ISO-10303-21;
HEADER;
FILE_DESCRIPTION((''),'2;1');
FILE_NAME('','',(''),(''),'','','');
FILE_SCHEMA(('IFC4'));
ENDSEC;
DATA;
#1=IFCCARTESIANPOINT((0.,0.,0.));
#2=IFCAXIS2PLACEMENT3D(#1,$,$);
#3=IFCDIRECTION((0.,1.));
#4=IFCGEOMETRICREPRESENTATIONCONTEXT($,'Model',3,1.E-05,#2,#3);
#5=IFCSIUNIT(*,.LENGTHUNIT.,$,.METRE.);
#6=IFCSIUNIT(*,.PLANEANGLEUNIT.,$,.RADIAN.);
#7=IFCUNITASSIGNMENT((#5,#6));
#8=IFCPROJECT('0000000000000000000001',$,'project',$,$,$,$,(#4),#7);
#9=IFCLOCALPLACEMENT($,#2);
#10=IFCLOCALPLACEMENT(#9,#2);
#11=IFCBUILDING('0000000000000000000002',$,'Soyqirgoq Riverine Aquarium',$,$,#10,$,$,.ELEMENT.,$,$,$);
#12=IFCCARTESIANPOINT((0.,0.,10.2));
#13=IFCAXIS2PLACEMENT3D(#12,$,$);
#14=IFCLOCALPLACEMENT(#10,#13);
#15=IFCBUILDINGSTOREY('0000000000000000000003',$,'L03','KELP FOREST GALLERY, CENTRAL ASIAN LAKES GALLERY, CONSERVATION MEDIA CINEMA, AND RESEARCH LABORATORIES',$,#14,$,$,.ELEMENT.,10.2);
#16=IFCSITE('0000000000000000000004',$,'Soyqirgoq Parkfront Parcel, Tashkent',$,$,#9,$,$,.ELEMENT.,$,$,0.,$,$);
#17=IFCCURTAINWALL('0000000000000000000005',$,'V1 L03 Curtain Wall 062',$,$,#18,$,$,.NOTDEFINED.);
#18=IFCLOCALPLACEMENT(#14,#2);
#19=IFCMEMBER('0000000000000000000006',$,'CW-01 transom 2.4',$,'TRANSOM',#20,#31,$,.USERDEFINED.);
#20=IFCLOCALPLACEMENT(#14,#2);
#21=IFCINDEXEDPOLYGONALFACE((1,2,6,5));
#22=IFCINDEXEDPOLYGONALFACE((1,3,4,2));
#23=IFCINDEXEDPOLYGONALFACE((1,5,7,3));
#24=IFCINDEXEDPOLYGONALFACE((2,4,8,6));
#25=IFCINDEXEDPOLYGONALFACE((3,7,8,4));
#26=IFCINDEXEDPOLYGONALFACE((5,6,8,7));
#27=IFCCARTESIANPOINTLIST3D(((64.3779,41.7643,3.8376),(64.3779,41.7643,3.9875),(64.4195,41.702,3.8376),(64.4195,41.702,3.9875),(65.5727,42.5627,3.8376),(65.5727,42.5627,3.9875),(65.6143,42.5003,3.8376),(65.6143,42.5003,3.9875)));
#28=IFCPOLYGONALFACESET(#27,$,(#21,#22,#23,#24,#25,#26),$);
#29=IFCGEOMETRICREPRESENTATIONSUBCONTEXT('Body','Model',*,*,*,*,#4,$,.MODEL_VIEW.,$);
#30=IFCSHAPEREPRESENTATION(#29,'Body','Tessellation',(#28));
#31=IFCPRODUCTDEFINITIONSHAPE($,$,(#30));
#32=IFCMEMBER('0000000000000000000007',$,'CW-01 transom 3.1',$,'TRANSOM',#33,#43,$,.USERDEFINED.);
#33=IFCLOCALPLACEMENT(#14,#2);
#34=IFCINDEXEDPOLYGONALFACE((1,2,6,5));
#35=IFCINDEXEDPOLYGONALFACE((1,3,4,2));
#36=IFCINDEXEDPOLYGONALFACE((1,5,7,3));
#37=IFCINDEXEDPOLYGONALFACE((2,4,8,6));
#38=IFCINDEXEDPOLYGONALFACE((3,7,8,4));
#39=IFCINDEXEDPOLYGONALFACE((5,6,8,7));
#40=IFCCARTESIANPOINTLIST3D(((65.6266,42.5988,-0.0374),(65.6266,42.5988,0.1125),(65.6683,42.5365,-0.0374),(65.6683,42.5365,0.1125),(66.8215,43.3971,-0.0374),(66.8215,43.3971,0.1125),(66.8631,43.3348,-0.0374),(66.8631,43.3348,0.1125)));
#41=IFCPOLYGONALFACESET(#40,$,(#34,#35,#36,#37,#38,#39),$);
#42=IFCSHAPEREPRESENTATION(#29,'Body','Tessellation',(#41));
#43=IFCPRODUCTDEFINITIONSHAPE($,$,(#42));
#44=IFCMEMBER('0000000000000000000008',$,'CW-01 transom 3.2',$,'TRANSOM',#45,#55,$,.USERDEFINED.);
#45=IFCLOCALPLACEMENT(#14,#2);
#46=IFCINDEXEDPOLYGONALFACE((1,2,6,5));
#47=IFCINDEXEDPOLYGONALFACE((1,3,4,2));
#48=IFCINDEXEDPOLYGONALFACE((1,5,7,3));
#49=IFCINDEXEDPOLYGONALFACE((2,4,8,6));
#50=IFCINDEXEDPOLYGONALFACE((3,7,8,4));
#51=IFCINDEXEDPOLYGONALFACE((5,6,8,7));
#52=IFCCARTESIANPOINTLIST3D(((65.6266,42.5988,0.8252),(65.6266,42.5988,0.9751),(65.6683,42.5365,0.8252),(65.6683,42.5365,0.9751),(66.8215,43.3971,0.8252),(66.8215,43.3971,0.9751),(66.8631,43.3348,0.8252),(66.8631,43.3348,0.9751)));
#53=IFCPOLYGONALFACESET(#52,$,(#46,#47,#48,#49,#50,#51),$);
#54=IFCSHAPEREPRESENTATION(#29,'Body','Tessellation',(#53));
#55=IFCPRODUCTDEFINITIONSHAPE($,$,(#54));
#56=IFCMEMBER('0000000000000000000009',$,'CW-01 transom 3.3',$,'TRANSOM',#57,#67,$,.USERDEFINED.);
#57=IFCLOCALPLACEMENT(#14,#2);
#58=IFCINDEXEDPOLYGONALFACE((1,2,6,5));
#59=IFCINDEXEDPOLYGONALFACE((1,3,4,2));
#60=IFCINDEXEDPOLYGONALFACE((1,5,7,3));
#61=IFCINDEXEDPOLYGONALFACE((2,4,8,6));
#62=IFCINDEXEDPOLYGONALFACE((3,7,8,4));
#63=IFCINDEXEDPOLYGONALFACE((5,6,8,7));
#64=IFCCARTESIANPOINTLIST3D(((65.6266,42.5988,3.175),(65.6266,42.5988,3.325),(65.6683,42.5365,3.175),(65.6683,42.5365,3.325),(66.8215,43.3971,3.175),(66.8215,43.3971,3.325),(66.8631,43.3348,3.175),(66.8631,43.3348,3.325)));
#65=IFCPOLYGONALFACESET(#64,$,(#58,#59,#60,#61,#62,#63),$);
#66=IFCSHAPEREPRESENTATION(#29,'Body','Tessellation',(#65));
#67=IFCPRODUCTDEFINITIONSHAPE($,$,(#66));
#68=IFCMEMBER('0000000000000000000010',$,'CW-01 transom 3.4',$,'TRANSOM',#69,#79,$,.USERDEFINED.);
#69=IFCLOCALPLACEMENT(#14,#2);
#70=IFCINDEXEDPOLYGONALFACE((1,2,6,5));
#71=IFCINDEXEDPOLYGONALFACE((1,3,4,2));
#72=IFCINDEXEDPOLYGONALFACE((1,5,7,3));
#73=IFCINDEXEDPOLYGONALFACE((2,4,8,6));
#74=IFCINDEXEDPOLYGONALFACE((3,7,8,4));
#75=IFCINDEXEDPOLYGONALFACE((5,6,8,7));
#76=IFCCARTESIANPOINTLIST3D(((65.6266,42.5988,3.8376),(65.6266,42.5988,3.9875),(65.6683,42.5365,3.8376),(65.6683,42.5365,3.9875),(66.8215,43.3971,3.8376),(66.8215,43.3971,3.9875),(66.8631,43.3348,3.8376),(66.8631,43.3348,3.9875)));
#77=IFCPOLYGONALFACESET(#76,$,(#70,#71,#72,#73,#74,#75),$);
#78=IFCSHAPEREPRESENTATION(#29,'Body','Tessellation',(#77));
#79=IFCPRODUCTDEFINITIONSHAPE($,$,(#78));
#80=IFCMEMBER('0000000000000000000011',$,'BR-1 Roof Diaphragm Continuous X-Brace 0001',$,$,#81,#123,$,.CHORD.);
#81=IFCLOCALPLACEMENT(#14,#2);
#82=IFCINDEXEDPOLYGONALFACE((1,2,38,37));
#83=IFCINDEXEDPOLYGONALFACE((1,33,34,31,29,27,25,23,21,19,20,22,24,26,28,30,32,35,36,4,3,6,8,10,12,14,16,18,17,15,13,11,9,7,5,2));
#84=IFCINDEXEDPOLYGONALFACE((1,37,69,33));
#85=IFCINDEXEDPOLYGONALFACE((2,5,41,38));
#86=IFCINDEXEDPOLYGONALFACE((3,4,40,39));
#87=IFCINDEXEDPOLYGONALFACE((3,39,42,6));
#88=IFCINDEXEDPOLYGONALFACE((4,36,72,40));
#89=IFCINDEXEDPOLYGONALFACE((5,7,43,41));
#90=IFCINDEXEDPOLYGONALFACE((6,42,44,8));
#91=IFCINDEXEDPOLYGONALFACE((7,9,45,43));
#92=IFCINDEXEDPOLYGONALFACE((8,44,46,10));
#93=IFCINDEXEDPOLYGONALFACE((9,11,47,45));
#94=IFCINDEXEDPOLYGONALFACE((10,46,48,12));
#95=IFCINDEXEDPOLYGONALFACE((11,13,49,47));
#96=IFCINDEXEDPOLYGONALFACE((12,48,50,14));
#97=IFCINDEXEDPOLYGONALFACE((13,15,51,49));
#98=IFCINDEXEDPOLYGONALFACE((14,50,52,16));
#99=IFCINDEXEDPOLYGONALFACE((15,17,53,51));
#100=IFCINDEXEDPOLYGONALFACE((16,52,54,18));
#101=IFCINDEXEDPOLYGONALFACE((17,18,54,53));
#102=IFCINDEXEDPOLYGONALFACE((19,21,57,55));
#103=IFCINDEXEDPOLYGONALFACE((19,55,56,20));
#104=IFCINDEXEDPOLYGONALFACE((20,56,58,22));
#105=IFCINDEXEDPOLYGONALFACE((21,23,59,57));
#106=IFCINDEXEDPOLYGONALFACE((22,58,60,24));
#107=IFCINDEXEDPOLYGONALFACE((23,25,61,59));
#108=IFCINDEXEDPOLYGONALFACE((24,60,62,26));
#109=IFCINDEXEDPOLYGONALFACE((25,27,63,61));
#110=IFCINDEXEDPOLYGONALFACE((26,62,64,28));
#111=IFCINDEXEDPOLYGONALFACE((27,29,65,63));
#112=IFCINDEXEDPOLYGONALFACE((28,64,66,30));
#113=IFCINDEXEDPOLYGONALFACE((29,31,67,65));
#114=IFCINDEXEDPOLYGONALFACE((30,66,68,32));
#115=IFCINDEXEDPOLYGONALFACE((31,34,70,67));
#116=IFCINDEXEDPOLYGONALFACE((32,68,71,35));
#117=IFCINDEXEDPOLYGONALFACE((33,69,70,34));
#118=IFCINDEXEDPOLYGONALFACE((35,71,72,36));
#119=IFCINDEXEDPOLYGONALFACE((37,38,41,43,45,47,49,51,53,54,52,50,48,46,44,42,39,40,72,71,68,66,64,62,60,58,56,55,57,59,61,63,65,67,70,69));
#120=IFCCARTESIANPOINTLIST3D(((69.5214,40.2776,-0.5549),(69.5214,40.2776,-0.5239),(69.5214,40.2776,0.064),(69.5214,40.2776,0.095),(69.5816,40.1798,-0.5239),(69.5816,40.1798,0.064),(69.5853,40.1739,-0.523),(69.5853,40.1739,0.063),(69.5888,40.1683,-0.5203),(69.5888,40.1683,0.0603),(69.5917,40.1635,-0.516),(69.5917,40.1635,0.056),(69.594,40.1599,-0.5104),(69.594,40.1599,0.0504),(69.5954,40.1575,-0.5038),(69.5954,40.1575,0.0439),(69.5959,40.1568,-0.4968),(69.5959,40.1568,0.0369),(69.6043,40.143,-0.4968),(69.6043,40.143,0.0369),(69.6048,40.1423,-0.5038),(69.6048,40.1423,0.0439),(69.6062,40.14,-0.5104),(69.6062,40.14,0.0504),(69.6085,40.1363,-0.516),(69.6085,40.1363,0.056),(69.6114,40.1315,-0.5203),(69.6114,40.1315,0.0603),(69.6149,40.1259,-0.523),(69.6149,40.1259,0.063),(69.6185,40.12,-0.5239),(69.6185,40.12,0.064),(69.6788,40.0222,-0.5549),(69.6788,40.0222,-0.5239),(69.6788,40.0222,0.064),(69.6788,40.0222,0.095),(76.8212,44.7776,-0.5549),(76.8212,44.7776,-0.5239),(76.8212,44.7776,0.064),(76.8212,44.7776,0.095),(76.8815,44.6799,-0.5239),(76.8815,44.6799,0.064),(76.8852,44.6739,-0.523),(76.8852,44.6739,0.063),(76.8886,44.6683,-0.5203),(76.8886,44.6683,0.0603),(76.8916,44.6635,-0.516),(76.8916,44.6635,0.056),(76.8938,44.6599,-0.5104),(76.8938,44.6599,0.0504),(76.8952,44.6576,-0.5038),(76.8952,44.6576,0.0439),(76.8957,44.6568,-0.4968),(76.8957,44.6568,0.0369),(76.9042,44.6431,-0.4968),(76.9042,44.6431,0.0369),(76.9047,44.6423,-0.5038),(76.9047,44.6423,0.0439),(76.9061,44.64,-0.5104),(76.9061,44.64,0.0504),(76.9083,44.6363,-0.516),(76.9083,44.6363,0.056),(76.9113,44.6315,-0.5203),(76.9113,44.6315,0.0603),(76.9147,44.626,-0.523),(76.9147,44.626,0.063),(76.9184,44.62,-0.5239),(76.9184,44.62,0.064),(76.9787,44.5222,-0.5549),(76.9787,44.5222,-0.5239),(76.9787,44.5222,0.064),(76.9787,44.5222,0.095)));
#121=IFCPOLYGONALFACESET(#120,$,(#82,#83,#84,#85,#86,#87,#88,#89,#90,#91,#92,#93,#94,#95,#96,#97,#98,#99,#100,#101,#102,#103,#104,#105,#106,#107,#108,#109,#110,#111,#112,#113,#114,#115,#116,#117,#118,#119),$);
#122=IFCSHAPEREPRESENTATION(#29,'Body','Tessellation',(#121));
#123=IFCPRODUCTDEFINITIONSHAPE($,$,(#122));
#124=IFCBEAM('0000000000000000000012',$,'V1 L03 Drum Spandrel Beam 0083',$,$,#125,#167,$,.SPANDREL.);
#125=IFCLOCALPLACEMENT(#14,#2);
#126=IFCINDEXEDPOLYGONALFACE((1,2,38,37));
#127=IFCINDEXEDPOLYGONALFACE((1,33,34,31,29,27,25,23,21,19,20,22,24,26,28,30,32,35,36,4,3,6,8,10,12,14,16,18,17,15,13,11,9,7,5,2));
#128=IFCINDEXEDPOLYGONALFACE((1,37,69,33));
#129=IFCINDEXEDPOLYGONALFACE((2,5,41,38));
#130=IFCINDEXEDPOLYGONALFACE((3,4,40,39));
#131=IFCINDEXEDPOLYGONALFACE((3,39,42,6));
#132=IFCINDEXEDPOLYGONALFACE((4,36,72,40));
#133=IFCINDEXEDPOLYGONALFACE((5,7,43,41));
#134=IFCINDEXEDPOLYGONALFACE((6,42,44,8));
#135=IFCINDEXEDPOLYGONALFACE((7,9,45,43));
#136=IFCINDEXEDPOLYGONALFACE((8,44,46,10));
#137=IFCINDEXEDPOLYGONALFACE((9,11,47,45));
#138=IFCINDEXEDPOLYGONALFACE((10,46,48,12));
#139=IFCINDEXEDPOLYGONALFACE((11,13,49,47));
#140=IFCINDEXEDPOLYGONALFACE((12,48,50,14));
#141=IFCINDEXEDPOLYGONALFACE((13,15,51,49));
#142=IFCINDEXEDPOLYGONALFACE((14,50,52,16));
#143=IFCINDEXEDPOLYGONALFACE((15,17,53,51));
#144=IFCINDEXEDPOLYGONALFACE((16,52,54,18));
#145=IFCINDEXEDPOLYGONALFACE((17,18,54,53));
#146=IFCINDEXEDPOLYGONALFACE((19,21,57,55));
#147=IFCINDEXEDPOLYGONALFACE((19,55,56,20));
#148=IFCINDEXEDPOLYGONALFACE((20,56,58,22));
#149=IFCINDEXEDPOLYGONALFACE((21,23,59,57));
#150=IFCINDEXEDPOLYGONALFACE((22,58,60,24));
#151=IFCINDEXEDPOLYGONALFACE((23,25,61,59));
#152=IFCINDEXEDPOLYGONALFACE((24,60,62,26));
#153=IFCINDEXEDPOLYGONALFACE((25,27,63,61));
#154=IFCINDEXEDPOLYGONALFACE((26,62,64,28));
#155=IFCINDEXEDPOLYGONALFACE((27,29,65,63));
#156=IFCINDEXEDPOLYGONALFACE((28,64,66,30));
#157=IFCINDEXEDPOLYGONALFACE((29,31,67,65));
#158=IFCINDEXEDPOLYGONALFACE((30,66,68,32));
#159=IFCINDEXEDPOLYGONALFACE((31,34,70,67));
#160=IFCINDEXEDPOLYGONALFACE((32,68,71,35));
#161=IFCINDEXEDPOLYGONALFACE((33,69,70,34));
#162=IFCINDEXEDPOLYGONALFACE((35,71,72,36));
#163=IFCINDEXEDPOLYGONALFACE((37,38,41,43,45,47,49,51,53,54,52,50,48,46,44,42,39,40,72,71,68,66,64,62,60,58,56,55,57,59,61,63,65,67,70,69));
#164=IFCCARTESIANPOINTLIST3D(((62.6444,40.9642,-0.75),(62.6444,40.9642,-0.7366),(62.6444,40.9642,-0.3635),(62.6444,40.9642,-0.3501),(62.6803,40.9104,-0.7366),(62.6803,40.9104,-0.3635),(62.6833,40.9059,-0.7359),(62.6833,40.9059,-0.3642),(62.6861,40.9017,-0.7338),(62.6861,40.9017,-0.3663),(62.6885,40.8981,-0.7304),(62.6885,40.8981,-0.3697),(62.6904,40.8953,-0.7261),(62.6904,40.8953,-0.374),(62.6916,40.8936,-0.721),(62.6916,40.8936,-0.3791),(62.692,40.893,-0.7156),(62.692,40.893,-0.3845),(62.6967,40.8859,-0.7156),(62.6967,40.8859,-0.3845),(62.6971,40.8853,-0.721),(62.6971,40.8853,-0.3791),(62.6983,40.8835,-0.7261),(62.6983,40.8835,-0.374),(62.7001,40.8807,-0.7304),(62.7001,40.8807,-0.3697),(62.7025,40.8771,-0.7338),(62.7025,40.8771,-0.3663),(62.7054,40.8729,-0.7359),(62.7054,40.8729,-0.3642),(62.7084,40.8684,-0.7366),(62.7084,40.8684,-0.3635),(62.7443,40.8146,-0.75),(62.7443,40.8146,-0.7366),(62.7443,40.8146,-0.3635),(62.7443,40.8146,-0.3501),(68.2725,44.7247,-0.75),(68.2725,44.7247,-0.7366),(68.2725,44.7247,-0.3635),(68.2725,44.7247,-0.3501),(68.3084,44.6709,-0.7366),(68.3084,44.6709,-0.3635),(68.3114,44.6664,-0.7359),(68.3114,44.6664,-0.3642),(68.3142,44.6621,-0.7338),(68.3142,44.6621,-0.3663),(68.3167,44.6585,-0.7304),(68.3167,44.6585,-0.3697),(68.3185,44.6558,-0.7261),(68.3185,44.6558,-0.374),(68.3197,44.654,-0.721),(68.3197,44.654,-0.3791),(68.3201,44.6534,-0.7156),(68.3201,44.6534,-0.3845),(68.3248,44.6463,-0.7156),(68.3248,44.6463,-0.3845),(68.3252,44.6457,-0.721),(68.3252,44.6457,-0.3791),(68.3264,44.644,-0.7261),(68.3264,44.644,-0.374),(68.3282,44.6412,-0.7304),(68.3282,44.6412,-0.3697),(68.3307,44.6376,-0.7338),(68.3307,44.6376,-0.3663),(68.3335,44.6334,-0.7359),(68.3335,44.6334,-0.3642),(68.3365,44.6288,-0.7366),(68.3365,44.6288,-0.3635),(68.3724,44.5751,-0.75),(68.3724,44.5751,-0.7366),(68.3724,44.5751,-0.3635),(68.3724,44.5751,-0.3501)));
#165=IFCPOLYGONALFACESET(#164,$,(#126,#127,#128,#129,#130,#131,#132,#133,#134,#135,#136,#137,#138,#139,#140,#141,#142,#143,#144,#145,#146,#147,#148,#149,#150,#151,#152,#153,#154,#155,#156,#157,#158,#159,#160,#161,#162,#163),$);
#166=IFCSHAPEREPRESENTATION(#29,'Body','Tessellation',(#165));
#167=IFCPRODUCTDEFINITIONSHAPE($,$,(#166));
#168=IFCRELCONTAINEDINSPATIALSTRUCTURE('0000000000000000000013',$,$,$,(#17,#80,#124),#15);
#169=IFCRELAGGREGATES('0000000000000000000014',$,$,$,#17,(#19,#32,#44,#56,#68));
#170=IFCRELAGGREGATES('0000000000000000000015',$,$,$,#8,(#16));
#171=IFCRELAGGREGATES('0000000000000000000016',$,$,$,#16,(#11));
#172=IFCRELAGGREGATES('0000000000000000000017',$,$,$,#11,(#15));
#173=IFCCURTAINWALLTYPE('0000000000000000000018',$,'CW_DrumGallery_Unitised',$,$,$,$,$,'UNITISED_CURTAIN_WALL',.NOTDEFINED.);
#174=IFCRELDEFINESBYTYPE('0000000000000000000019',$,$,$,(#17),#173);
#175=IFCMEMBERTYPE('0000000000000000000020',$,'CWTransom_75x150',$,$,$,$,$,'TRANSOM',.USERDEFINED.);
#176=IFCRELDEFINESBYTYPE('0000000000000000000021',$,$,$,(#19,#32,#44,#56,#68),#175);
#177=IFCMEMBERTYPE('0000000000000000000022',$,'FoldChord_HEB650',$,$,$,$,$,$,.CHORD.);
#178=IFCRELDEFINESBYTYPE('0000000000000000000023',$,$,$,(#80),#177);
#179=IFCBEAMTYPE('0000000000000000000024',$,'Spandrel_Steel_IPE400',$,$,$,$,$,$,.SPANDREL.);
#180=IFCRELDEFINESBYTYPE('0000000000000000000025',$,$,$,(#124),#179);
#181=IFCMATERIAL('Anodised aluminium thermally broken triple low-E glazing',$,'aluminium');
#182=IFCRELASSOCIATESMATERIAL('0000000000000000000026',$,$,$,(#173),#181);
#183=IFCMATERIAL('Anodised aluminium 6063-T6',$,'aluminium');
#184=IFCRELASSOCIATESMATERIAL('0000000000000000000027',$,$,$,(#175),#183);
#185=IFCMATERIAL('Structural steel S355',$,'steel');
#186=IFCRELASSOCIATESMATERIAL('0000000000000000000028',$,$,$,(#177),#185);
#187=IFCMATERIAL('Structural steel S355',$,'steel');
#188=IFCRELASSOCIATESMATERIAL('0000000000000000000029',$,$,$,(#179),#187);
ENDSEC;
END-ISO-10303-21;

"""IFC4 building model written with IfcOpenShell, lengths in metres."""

from ifc_helpers import new_model, si_unit, direction, frame, origin, origin_2d, place, context, subcontext, project, spatial, rectangle, i_section, extrude, material, material_profile, profile_set, type_object, element, aggregate, save


model = new_model("IFC4")

# Units and contexts
model_context = context("Model", 3, precision=1e-05, world=origin(), true_north=direction((0.0, 1.0)))
body_context = subcontext(model_context, "Body", "Model", "MODEL_VIEW")
ifc_project = project(units=[si_unit("LENGTHUNIT", "METRE"), si_unit("PLANEANGLEUNIT", "RADIAN")], contexts=[model_context])

# Site, building, storey
site_placement = place(None, origin())
site = spatial("IfcSite", under=ifc_project, at=site_placement, Name="Soyqirgoq Parkfront Parcel, Tashkent", CompositionType="ELEMENT", RefElevation=0.0)
building_placement = place(site_placement, origin())
building = spatial("IfcBuilding", under=site, at=building_placement, Name="Soyqirgoq Riverine Aquarium", CompositionType="ELEMENT")
storey_placement = place(building_placement, frame((0.0, 0.0, 10.2)))
storey = spatial("IfcBuildingStorey", under=building, at=storey_placement, Name="L03", Description="KELP FOREST GALLERY, CENTRAL ASIAN LAKES GALLERY, CONSERVATION MEDIA CINEMA, AND RESEARCH LABORATORIES", CompositionType="ELEMENT", Elevation=10.2)

# Shared definitions
ifc_material_1 = material(Name="Anodised aluminium thermally broken triple low-E glazing", Category="aluminium")
curtain_wall_type = type_object("IfcCurtainWallType", Name="CW_DrumGallery_Unitised", ElementType="UNITISED_CURTAIN_WALL", PredefinedType="NOTDEFINED", material=ifc_material_1)

# Curtain wall
curtain_wall_1_placement = place(storey_placement, origin())
curtain_wall_1 = element("IfcCurtainWall", 1, at=curtain_wall_1_placement, inside=storey, type_object=curtain_wall_type, Name="V1 L03 Curtain Wall 062", PredefinedType="NOTDEFINED")

# Members
ifc_material_2 = material(Name="Anodised aluminium 6063-T6", Category="aluminium")
ifc_material_profile_1 = material_profile(ifc_material_2, rectangle(XDim=0.075, YDim=0.1499, at=origin_2d()), Name="ALU-T 75x150")
ifc_profile_set_1 = profile_set([ifc_material_profile_1], Name="Anodised aluminium 6063-T6")
member_type_1 = type_object("IfcMemberType", Name="CWTransom_75x150", ElementType="TRANSOM", PredefinedType="USERDEFINED", material=ifc_profile_set_1)
member_1_placement = place(storey_placement, frame((64.3987, 41.7332, 3.9126), z_axis=(0.831475, 0.555562, 0.0), x_axis=(-0.555562, 0.831475, 0.0)))
member_1 = element("IfcMember", 2, at=member_1_placement, type_object=member_type_1, Name="CW-01 transom 2.4", ObjectType="TRANSOM", PredefinedType="USERDEFINED", context=body_context, shape_type="SweptSolid", body=[
    extrude(rectangle(XDim=0.075, YDim=0.1499, at=origin_2d()), origin(), (0.0, 0.0, 1.0), 1.437),
])
member_2_placement = place(storey_placement, frame((65.6475, 42.5676, 0.0376), z_axis=(0.831475, 0.555562, 0.0), x_axis=(-0.555562, 0.831475, 0.0)))
member_2 = element("IfcMember", 3, at=member_2_placement, type_object=member_type_1, Name="CW-01 transom 3.1", ObjectType="TRANSOM", PredefinedType="USERDEFINED", context=body_context, shape_type="SweptSolid", body=[
    extrude(rectangle(XDim=0.075, YDim=0.1499, at=origin_2d()), origin(), (0.0, 0.0, 1.0), 1.437),
])
member_3_placement = place(storey_placement, frame((65.6475, 42.5676, 0.9001), z_axis=(0.831475, 0.555562, 0.0), x_axis=(-0.555562, 0.831475, 0.0)))
member_3 = element("IfcMember", 4, at=member_3_placement, type_object=member_type_1, Name="CW-01 transom 3.2", ObjectType="TRANSOM", PredefinedType="USERDEFINED", context=body_context, shape_type="SweptSolid", body=[
    extrude(rectangle(XDim=0.075, YDim=0.1499, at=origin_2d()), origin(), (0.0, 0.0, 1.0), 1.437),
])
member_4_placement = place(storey_placement, frame((65.6475, 42.5676, 3.25), z_axis=(0.831475, 0.555562, 0.0), x_axis=(-0.555562, 0.831475, 0.0)))
member_4 = element("IfcMember", 5, at=member_4_placement, type_object=member_type_1, Name="CW-01 transom 3.3", ObjectType="TRANSOM", PredefinedType="USERDEFINED", context=body_context, shape_type="SweptSolid", body=[
    extrude(rectangle(XDim=0.075, YDim=0.1499, at=origin_2d()), origin(), (0.0, 0.0, 1.0), 1.437),
])
member_5_placement = place(storey_placement, frame((65.6475, 42.5676, 3.9126), z_axis=(0.831475, 0.555562, 0.0), x_axis=(-0.555562, 0.831475, 0.0)))
member_5 = element("IfcMember", 6, at=member_5_placement, type_object=member_type_1, Name="CW-01 transom 3.4", ObjectType="TRANSOM", PredefinedType="USERDEFINED", context=body_context, shape_type="SweptSolid", body=[
    extrude(rectangle(XDim=0.075, YDim=0.1499, at=origin_2d()), origin(), (0.0, 0.0, 1.0), 1.437),
])
ifc_material_3 = material(Name="Structural steel S355", Category="steel")
ifc_material_profile_2 = material_profile(ifc_material_3, i_section(OverallWidth=0.3, OverallDepth=0.6499, WebThickness=0.0161, FlangeThickness=0.031, FilletRadius=0.0271, at=origin_2d()), Name="HEB 650")
ifc_profile_set_2 = profile_set([ifc_material_profile_2], Name="Structural steel S355")
member_type_2 = type_object("IfcMemberType", Name="FoldChord_HEB650", PredefinedType="CHORD", material=ifc_profile_set_2)
member_6_placement = place(storey_placement, frame((69.6001, 40.1499, -0.23), z_axis=(0.851251, 0.524758, 0.0), x_axis=(-0.524758, 0.851251, 0.0)))
element("IfcMember", 7, at=member_6_placement, inside=storey, type_object=member_type_2, Name="BR-1 Roof Diaphragm Continuous X-Brace 0001", PredefinedType="CHORD", context=body_context, shape_type="SweptSolid", body=[
    extrude(i_section(OverallWidth=0.3, OverallDepth=0.6499, WebThickness=0.0161, FlangeThickness=0.031, FilletRadius=0.0271, at=origin_2d()), origin(), (0.0, 0.0, 1.0), 8.5754),
])

# Beam
ifc_material_4 = material(Name="Structural steel S355", Category="steel")
ifc_material_profile_3 = material_profile(ifc_material_4, i_section(OverallWidth=0.1799, OverallDepth=0.3999, WebThickness=0.0085, FlangeThickness=0.0134, FilletRadius=0.021, at=origin_2d()), Name="IPE 400")
ifc_profile_set_3 = profile_set([ifc_material_profile_3], Name="Structural steel S355")
beam_type_1 = type_object("IfcBeamType", Name="Spandrel_Steel_IPE400", PredefinedType="SPANDREL", material=ifc_profile_set_3)
beam_1_placement = place(storey_placement, frame((62.6943, 40.8894, -0.55), z_axis=(0.831478, 0.555557, 0.0), x_axis=(-0.555557, 0.831478, 0.0)))
element("IfcBeam", 8, at=beam_1_placement, inside=storey, type_object=beam_type_1, Name="V1 L03 Drum Spandrel Beam 0083", PredefinedType="SPANDREL", context=body_context, shape_type="SweptSolid", body=[
    extrude(i_section(OverallWidth=0.1799, OverallDepth=0.3999, WebThickness=0.0085, FlangeThickness=0.0134, FilletRadius=0.021, at=origin_2d()), origin(), (0.0, 0.0, 1.0), 6.7688),
])

aggregate(curtain_wall_1, [member_1, member_2, member_3, member_4, member_5])

save(model, "model.ifc")
